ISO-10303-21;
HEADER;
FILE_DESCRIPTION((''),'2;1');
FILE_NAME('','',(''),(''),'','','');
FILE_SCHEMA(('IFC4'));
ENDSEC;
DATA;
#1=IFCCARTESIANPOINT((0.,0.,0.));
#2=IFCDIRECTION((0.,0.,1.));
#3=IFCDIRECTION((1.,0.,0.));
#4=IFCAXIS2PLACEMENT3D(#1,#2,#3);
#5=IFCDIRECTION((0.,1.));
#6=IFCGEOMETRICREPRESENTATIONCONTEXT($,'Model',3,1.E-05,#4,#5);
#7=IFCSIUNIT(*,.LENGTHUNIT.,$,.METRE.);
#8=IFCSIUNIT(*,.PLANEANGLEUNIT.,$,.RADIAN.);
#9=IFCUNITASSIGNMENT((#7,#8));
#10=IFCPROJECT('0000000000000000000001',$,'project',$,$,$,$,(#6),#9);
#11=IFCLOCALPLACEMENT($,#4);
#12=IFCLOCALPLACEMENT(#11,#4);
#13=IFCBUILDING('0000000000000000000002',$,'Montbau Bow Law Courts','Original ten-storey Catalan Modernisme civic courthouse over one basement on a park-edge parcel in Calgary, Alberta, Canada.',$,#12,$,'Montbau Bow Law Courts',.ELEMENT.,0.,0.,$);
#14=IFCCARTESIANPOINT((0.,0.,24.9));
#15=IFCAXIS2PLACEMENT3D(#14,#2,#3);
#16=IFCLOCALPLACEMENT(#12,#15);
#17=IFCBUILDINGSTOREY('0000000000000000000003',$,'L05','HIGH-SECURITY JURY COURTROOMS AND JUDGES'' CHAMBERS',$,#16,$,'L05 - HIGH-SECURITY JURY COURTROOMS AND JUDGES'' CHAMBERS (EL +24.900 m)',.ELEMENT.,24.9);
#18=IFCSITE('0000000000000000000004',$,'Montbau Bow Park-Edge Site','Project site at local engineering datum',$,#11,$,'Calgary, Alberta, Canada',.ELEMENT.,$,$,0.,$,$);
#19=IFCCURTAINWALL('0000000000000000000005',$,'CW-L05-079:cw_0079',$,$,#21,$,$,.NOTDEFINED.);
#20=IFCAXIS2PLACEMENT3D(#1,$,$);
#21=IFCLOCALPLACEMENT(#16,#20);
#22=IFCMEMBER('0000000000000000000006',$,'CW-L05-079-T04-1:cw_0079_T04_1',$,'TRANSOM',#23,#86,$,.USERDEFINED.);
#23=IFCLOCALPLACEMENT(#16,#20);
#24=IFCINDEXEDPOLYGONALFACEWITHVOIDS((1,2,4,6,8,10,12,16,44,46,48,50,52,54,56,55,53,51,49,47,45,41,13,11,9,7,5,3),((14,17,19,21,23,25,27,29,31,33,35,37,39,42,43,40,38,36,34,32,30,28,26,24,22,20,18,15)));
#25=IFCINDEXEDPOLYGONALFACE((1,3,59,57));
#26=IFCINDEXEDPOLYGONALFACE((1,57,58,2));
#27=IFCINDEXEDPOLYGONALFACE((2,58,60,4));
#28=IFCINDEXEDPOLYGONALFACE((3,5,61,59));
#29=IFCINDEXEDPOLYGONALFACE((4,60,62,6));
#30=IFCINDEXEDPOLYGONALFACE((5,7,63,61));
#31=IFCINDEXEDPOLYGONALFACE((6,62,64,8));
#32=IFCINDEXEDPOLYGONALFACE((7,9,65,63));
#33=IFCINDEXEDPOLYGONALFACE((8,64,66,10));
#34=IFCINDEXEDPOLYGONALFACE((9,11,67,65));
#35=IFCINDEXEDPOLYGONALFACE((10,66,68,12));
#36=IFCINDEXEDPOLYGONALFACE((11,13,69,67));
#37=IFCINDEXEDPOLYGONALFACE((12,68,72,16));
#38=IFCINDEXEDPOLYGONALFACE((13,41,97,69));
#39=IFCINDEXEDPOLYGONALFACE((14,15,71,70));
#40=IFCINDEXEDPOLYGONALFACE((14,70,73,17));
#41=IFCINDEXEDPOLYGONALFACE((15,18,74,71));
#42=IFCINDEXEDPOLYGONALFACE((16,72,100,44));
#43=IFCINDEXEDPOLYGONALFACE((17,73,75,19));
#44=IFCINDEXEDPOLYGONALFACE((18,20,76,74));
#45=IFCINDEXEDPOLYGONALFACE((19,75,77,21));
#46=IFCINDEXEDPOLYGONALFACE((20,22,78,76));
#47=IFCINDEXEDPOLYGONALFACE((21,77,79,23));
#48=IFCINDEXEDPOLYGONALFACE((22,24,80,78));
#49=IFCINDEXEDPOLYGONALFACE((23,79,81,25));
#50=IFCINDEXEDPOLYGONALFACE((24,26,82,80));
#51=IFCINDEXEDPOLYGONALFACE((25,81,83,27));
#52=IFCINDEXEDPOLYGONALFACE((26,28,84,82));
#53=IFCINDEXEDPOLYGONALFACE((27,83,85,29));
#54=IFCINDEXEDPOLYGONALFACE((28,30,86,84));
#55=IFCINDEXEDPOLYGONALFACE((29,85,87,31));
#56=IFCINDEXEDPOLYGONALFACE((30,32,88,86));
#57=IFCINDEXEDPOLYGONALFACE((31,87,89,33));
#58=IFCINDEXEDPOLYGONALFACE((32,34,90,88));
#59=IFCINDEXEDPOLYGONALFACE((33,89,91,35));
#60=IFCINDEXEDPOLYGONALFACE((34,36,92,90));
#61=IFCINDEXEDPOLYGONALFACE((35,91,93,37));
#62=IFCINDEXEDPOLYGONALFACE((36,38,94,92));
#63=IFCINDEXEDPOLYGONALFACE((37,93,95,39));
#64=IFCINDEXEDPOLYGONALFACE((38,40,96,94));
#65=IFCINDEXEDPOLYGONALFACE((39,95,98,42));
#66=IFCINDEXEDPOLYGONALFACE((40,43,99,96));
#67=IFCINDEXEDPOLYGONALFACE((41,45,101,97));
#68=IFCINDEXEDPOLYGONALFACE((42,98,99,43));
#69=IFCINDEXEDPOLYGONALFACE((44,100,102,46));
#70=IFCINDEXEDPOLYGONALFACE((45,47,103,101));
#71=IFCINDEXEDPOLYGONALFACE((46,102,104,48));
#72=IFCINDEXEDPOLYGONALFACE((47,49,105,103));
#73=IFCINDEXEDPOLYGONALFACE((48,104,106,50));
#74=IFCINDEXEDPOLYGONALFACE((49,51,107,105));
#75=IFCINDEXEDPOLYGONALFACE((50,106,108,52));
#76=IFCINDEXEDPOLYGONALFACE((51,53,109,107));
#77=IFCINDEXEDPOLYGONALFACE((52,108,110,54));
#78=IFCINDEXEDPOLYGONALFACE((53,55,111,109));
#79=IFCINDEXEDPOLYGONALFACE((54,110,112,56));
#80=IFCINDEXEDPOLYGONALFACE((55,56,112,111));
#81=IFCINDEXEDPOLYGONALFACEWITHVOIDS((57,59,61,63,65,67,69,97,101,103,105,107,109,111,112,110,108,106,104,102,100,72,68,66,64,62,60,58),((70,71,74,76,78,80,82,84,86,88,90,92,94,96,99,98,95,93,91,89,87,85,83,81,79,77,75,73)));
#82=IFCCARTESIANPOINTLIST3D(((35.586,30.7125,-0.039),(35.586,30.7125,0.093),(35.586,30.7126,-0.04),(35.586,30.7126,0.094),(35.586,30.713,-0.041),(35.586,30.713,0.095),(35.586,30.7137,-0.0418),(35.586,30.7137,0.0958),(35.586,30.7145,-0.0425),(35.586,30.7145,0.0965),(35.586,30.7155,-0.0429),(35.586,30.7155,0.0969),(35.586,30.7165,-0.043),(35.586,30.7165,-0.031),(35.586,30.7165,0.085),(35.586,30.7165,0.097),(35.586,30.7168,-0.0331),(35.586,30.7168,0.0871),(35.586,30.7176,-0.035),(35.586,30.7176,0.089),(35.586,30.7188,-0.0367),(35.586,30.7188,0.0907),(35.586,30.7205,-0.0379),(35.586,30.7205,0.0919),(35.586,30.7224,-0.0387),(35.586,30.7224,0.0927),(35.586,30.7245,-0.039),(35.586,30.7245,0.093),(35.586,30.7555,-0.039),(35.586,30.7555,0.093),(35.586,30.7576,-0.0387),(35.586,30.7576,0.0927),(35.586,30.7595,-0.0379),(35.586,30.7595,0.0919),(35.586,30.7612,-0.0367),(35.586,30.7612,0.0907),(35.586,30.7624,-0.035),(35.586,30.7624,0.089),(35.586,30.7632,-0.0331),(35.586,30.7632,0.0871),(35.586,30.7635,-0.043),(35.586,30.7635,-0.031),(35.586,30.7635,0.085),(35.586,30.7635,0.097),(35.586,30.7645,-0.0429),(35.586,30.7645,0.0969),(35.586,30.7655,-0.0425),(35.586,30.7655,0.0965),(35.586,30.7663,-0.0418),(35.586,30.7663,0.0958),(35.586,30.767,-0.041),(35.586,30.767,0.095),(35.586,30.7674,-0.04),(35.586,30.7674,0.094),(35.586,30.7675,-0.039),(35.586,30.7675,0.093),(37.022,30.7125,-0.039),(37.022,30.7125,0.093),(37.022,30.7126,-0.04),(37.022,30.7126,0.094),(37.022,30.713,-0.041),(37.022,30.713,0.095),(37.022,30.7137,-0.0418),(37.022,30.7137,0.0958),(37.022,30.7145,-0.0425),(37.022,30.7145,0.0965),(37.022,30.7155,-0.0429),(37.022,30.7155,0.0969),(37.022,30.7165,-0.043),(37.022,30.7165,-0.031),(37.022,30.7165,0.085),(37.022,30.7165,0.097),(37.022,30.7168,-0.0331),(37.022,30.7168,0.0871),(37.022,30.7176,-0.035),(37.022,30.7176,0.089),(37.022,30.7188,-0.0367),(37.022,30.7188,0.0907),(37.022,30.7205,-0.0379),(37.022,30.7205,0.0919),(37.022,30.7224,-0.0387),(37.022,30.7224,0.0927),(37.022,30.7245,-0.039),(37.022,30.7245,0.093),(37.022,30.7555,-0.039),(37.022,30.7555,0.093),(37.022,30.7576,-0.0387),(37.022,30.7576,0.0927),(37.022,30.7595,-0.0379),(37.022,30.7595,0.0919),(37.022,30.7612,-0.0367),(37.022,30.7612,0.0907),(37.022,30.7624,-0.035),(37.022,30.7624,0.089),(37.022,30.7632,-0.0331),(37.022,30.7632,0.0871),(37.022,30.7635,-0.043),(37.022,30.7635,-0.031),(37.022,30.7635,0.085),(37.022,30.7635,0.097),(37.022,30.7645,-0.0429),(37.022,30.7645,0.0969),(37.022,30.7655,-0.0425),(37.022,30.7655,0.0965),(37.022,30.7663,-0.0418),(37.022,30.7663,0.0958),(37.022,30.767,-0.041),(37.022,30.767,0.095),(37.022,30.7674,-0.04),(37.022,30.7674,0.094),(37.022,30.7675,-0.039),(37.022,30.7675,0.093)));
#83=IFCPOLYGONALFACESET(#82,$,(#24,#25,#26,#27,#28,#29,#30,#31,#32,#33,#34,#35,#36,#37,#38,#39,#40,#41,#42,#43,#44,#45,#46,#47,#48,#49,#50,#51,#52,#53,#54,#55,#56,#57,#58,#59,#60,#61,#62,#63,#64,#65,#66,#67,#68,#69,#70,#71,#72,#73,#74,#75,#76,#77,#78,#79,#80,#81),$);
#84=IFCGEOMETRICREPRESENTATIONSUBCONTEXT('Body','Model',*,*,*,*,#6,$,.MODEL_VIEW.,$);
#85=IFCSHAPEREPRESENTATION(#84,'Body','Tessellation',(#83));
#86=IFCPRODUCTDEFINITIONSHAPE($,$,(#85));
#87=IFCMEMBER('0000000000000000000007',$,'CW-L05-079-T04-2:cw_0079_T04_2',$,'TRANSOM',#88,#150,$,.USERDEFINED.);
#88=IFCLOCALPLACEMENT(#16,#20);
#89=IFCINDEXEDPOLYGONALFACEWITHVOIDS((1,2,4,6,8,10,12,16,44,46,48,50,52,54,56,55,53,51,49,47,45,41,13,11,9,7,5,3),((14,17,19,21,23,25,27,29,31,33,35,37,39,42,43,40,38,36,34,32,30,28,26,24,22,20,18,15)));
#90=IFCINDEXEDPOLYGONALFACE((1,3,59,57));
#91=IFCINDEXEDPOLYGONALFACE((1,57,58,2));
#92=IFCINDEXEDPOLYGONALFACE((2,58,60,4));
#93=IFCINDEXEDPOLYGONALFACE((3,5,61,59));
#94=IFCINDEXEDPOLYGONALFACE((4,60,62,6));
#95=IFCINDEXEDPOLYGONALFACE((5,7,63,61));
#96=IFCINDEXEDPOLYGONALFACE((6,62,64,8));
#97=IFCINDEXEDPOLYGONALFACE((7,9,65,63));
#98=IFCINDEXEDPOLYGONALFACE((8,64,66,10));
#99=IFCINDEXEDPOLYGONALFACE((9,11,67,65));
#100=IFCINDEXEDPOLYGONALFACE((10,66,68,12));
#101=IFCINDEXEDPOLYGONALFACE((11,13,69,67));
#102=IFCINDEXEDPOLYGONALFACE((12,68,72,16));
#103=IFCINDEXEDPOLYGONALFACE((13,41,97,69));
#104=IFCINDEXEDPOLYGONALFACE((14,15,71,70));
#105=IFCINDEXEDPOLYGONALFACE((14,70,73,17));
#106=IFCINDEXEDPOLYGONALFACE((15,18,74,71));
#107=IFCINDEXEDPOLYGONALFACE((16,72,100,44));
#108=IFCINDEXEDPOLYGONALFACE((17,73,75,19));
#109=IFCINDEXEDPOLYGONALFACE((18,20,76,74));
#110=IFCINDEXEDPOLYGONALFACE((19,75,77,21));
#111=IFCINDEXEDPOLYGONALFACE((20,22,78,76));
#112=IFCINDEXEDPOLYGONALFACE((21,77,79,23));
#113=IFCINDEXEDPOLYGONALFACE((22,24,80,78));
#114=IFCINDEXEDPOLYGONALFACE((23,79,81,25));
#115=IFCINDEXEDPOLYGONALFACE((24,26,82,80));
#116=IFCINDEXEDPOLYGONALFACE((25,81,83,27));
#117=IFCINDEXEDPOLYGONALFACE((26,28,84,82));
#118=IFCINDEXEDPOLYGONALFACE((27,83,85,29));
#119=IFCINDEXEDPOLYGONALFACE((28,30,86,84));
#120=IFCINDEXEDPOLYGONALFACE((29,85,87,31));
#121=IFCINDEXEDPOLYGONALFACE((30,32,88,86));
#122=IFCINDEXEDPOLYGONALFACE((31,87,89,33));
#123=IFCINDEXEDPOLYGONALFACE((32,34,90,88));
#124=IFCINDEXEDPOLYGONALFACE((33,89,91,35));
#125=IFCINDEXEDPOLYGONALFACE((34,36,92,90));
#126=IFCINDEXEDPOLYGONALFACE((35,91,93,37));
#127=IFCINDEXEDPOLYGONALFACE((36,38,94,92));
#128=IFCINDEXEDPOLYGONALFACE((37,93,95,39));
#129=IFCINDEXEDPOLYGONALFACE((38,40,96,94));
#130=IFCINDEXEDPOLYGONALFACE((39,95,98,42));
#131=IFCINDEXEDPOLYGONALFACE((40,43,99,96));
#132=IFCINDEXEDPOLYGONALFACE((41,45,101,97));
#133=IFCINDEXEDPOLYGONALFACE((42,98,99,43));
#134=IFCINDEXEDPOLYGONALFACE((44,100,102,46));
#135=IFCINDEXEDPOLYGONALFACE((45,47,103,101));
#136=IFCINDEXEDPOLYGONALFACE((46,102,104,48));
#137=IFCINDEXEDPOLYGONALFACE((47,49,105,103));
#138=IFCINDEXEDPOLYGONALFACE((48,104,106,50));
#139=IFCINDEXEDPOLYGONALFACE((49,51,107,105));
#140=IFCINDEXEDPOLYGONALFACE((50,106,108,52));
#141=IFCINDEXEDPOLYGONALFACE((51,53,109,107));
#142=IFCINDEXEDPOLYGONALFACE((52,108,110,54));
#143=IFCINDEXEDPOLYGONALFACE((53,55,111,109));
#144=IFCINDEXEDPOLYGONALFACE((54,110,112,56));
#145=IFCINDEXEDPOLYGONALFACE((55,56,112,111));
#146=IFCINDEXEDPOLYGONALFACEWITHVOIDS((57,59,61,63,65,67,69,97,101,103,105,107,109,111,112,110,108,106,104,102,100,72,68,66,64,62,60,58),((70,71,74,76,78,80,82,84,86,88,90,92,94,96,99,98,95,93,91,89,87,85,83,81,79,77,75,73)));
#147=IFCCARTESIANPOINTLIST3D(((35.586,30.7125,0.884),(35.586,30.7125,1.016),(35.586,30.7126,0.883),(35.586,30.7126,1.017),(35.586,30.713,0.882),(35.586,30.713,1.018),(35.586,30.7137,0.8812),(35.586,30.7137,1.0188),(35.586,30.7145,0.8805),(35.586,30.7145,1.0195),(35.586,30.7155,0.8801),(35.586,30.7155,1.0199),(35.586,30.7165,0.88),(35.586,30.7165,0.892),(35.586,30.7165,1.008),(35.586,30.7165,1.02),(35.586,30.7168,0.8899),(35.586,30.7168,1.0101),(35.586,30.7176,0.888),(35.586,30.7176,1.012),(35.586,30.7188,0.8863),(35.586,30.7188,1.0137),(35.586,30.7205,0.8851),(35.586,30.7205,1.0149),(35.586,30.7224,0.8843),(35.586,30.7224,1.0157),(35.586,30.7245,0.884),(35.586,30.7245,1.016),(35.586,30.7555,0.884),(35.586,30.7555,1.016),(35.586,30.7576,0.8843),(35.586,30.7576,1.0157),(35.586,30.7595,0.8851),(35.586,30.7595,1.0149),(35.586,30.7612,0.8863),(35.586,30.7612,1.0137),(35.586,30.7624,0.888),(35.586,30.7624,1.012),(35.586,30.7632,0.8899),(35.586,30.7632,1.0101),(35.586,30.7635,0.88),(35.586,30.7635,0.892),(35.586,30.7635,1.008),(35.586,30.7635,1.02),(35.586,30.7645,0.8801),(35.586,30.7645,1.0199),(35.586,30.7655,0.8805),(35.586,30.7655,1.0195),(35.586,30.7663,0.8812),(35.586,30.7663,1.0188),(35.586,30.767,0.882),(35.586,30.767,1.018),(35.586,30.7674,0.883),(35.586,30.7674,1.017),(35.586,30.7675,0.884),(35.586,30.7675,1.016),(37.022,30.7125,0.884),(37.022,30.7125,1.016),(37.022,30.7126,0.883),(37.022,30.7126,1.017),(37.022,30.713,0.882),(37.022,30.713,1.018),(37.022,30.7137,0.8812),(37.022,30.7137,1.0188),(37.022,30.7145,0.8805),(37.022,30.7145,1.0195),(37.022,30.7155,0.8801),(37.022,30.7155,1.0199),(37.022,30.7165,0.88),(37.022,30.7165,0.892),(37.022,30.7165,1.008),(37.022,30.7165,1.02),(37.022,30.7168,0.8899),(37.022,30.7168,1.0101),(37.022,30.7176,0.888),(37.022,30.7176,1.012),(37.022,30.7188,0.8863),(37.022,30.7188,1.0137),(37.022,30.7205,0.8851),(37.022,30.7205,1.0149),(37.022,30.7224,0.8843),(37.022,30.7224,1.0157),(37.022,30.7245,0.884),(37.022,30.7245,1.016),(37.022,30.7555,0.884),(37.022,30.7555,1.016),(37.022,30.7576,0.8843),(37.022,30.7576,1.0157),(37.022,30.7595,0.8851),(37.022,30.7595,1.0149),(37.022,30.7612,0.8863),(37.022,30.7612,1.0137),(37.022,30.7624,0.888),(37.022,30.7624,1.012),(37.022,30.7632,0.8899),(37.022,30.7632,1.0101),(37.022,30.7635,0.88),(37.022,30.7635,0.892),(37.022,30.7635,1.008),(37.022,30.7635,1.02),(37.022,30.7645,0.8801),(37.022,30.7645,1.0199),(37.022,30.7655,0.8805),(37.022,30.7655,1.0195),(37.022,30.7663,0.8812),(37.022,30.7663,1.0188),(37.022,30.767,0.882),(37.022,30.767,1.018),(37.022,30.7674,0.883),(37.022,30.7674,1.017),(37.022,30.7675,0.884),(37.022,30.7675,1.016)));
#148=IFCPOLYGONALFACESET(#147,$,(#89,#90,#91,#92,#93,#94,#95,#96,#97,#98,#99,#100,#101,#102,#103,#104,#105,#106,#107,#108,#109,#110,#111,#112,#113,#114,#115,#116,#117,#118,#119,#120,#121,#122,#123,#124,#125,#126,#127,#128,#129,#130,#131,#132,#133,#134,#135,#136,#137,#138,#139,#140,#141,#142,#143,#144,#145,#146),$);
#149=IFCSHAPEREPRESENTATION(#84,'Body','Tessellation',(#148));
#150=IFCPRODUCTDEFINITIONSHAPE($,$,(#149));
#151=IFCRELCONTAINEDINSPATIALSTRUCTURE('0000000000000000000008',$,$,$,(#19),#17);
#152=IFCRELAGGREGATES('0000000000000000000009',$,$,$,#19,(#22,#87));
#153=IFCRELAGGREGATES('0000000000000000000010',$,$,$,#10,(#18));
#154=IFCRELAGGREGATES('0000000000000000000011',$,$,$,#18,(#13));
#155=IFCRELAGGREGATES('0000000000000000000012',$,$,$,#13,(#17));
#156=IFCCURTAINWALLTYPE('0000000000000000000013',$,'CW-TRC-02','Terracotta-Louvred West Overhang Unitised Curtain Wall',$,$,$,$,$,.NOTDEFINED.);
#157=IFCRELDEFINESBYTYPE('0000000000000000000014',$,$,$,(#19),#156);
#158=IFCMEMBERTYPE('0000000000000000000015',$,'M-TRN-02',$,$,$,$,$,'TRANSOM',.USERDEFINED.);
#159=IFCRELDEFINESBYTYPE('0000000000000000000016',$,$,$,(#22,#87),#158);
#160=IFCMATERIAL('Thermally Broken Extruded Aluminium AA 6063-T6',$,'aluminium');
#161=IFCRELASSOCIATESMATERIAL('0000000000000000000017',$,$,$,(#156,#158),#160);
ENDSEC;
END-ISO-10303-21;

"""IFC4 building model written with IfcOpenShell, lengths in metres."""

from ifc_helpers import new_model, si_unit, direction, frame, origin_with_axes, origin_2d_with_axis, place, context, subcontext, project, spatial, hollow_rectangle, extrude, material, material_profile, profile_set, type_object, element, aggregate, save


model = new_model("IFC4")

# Units and contexts
model_context = context("Model", 3, precision=1e-05, world=origin_with_axes(), true_north=direction((0.0, 1.0)))
body_context = subcontext(model_context, "Body", "Model", "MODEL_VIEW")
ifc_project = project(units=[si_unit("LENGTHUNIT", "METRE"), si_unit("PLANEANGLEUNIT", "RADIAN")], contexts=[model_context])

# Site, building, storey
site_placement = place(None, origin_with_axes())
site = spatial("IfcSite", under=ifc_project, at=site_placement, Name="Montbau Bow Park-Edge Site", Description="Project site at local engineering datum", LongName="Calgary, Alberta, Canada", CompositionType="ELEMENT", RefElevation=0.0)
building_placement = place(site_placement, origin_with_axes())
building = spatial("IfcBuilding", under=site, at=building_placement, Name="Montbau Bow Law Courts", Description="Original ten-storey Catalan Modernisme civic courthouse over one basement on a park-edge parcel in Calgary, Alberta, Canada.", LongName="Montbau Bow Law Courts", CompositionType="ELEMENT", ElevationOfRefHeight=0.0, ElevationOfTerrain=0.0)
storey_placement = place(building_placement, frame((0.0, 0.0, 24.9), z_axis=(0.0, 0.0, 1.0), x_axis=(1.0, 0.0, 0.0)))
storey = spatial("IfcBuildingStorey", under=building, at=storey_placement, Name="L05", Description="HIGH-SECURITY JURY COURTROOMS AND JUDGES' CHAMBERS", LongName="L05 - HIGH-SECURITY JURY COURTROOMS AND JUDGES' CHAMBERS (EL +24.900 m)", CompositionType="ELEMENT", Elevation=24.9)

# Curtain wall, members
ifc_material_1 = material(Name="Thermally Broken Extruded Aluminium AA 6063-T6", Category="aluminium")
curtain_wall_type = type_object("IfcCurtainWallType", Name="CW-TRC-02", Description="Terracotta-Louvred West Overhang Unitised Curtain Wall", PredefinedType="NOTDEFINED", material=ifc_material_1)
curtain_wall_placement = place(None, frame((31.04, 30.74, 24.9), z_axis=(0.0, 0.0, 1.0), x_axis=(1.0, 0.0, 0.0)))
curtain_wall = element("IfcCurtainWall", 1, at=curtain_wall_placement, inside=storey, type_object=curtain_wall_type, Name="CW-L05-079:cw_0079", PredefinedType="NOTDEFINED")
ifc_material_profile_1 = material_profile(ifc_material_1, hollow_rectangle(XDim=0.055, YDim=0.14, WallThickness=0.004, InnerFilletRadius=0.008, OuterFilletRadius=0.004, at=origin_2d_with_axis()), Name="CWT-140X55", Category="Main", Priority=0)
ifc_profile_set_1 = profile_set([ifc_material_profile_1], Name="Thermally Broken Extruded Aluminium AA 6063-T6")
member_type_1 = type_object("IfcMemberType", Name="M-TRN-02", ElementType="TRANSOM", PredefinedType="USERDEFINED", material=ifc_profile_set_1)
member_1_placement = place(None, frame((35.586, 30.74, 24.927), z_axis=(1.0, 0.0, 0.0), x_axis=(0.0, 1.0, 0.0)))
member_1 = element("IfcMember", 2, at=member_1_placement, type_object=member_type_1, Name="CW-L05-079-T04-1:cw_0079_T04_1", ObjectType="TRANSOM", PredefinedType="USERDEFINED", context=body_context, shape_type="SweptSolid", body=[
    extrude(hollow_rectangle(XDim=0.055, YDim=0.14, WallThickness=0.004, InnerFilletRadius=0.008, OuterFilletRadius=0.004, at=origin_2d_with_axis()), origin_with_axes(), (0.0, 0.0, 1.0), 1.436),
])
member_2_placement = place(None, frame((35.586, 30.74, 25.85), z_axis=(1.0, 0.0, 0.0), x_axis=(0.0, 1.0, 0.0)))
member_2 = element("IfcMember", 3, at=member_2_placement, type_object=member_type_1, Name="CW-L05-079-T04-2:cw_0079_T04_2", ObjectType="TRANSOM", PredefinedType="USERDEFINED", context=body_context, shape_type="SweptSolid", body=[
    extrude(hollow_rectangle(XDim=0.055, YDim=0.14, WallThickness=0.004, InnerFilletRadius=0.008, OuterFilletRadius=0.004, at=origin_2d_with_axis()), origin_with_axes(), (0.0, 0.0, 1.0), 1.436),
])
aggregate(curtain_wall, [member_1, member_2])

save(model, "model.ifc")
